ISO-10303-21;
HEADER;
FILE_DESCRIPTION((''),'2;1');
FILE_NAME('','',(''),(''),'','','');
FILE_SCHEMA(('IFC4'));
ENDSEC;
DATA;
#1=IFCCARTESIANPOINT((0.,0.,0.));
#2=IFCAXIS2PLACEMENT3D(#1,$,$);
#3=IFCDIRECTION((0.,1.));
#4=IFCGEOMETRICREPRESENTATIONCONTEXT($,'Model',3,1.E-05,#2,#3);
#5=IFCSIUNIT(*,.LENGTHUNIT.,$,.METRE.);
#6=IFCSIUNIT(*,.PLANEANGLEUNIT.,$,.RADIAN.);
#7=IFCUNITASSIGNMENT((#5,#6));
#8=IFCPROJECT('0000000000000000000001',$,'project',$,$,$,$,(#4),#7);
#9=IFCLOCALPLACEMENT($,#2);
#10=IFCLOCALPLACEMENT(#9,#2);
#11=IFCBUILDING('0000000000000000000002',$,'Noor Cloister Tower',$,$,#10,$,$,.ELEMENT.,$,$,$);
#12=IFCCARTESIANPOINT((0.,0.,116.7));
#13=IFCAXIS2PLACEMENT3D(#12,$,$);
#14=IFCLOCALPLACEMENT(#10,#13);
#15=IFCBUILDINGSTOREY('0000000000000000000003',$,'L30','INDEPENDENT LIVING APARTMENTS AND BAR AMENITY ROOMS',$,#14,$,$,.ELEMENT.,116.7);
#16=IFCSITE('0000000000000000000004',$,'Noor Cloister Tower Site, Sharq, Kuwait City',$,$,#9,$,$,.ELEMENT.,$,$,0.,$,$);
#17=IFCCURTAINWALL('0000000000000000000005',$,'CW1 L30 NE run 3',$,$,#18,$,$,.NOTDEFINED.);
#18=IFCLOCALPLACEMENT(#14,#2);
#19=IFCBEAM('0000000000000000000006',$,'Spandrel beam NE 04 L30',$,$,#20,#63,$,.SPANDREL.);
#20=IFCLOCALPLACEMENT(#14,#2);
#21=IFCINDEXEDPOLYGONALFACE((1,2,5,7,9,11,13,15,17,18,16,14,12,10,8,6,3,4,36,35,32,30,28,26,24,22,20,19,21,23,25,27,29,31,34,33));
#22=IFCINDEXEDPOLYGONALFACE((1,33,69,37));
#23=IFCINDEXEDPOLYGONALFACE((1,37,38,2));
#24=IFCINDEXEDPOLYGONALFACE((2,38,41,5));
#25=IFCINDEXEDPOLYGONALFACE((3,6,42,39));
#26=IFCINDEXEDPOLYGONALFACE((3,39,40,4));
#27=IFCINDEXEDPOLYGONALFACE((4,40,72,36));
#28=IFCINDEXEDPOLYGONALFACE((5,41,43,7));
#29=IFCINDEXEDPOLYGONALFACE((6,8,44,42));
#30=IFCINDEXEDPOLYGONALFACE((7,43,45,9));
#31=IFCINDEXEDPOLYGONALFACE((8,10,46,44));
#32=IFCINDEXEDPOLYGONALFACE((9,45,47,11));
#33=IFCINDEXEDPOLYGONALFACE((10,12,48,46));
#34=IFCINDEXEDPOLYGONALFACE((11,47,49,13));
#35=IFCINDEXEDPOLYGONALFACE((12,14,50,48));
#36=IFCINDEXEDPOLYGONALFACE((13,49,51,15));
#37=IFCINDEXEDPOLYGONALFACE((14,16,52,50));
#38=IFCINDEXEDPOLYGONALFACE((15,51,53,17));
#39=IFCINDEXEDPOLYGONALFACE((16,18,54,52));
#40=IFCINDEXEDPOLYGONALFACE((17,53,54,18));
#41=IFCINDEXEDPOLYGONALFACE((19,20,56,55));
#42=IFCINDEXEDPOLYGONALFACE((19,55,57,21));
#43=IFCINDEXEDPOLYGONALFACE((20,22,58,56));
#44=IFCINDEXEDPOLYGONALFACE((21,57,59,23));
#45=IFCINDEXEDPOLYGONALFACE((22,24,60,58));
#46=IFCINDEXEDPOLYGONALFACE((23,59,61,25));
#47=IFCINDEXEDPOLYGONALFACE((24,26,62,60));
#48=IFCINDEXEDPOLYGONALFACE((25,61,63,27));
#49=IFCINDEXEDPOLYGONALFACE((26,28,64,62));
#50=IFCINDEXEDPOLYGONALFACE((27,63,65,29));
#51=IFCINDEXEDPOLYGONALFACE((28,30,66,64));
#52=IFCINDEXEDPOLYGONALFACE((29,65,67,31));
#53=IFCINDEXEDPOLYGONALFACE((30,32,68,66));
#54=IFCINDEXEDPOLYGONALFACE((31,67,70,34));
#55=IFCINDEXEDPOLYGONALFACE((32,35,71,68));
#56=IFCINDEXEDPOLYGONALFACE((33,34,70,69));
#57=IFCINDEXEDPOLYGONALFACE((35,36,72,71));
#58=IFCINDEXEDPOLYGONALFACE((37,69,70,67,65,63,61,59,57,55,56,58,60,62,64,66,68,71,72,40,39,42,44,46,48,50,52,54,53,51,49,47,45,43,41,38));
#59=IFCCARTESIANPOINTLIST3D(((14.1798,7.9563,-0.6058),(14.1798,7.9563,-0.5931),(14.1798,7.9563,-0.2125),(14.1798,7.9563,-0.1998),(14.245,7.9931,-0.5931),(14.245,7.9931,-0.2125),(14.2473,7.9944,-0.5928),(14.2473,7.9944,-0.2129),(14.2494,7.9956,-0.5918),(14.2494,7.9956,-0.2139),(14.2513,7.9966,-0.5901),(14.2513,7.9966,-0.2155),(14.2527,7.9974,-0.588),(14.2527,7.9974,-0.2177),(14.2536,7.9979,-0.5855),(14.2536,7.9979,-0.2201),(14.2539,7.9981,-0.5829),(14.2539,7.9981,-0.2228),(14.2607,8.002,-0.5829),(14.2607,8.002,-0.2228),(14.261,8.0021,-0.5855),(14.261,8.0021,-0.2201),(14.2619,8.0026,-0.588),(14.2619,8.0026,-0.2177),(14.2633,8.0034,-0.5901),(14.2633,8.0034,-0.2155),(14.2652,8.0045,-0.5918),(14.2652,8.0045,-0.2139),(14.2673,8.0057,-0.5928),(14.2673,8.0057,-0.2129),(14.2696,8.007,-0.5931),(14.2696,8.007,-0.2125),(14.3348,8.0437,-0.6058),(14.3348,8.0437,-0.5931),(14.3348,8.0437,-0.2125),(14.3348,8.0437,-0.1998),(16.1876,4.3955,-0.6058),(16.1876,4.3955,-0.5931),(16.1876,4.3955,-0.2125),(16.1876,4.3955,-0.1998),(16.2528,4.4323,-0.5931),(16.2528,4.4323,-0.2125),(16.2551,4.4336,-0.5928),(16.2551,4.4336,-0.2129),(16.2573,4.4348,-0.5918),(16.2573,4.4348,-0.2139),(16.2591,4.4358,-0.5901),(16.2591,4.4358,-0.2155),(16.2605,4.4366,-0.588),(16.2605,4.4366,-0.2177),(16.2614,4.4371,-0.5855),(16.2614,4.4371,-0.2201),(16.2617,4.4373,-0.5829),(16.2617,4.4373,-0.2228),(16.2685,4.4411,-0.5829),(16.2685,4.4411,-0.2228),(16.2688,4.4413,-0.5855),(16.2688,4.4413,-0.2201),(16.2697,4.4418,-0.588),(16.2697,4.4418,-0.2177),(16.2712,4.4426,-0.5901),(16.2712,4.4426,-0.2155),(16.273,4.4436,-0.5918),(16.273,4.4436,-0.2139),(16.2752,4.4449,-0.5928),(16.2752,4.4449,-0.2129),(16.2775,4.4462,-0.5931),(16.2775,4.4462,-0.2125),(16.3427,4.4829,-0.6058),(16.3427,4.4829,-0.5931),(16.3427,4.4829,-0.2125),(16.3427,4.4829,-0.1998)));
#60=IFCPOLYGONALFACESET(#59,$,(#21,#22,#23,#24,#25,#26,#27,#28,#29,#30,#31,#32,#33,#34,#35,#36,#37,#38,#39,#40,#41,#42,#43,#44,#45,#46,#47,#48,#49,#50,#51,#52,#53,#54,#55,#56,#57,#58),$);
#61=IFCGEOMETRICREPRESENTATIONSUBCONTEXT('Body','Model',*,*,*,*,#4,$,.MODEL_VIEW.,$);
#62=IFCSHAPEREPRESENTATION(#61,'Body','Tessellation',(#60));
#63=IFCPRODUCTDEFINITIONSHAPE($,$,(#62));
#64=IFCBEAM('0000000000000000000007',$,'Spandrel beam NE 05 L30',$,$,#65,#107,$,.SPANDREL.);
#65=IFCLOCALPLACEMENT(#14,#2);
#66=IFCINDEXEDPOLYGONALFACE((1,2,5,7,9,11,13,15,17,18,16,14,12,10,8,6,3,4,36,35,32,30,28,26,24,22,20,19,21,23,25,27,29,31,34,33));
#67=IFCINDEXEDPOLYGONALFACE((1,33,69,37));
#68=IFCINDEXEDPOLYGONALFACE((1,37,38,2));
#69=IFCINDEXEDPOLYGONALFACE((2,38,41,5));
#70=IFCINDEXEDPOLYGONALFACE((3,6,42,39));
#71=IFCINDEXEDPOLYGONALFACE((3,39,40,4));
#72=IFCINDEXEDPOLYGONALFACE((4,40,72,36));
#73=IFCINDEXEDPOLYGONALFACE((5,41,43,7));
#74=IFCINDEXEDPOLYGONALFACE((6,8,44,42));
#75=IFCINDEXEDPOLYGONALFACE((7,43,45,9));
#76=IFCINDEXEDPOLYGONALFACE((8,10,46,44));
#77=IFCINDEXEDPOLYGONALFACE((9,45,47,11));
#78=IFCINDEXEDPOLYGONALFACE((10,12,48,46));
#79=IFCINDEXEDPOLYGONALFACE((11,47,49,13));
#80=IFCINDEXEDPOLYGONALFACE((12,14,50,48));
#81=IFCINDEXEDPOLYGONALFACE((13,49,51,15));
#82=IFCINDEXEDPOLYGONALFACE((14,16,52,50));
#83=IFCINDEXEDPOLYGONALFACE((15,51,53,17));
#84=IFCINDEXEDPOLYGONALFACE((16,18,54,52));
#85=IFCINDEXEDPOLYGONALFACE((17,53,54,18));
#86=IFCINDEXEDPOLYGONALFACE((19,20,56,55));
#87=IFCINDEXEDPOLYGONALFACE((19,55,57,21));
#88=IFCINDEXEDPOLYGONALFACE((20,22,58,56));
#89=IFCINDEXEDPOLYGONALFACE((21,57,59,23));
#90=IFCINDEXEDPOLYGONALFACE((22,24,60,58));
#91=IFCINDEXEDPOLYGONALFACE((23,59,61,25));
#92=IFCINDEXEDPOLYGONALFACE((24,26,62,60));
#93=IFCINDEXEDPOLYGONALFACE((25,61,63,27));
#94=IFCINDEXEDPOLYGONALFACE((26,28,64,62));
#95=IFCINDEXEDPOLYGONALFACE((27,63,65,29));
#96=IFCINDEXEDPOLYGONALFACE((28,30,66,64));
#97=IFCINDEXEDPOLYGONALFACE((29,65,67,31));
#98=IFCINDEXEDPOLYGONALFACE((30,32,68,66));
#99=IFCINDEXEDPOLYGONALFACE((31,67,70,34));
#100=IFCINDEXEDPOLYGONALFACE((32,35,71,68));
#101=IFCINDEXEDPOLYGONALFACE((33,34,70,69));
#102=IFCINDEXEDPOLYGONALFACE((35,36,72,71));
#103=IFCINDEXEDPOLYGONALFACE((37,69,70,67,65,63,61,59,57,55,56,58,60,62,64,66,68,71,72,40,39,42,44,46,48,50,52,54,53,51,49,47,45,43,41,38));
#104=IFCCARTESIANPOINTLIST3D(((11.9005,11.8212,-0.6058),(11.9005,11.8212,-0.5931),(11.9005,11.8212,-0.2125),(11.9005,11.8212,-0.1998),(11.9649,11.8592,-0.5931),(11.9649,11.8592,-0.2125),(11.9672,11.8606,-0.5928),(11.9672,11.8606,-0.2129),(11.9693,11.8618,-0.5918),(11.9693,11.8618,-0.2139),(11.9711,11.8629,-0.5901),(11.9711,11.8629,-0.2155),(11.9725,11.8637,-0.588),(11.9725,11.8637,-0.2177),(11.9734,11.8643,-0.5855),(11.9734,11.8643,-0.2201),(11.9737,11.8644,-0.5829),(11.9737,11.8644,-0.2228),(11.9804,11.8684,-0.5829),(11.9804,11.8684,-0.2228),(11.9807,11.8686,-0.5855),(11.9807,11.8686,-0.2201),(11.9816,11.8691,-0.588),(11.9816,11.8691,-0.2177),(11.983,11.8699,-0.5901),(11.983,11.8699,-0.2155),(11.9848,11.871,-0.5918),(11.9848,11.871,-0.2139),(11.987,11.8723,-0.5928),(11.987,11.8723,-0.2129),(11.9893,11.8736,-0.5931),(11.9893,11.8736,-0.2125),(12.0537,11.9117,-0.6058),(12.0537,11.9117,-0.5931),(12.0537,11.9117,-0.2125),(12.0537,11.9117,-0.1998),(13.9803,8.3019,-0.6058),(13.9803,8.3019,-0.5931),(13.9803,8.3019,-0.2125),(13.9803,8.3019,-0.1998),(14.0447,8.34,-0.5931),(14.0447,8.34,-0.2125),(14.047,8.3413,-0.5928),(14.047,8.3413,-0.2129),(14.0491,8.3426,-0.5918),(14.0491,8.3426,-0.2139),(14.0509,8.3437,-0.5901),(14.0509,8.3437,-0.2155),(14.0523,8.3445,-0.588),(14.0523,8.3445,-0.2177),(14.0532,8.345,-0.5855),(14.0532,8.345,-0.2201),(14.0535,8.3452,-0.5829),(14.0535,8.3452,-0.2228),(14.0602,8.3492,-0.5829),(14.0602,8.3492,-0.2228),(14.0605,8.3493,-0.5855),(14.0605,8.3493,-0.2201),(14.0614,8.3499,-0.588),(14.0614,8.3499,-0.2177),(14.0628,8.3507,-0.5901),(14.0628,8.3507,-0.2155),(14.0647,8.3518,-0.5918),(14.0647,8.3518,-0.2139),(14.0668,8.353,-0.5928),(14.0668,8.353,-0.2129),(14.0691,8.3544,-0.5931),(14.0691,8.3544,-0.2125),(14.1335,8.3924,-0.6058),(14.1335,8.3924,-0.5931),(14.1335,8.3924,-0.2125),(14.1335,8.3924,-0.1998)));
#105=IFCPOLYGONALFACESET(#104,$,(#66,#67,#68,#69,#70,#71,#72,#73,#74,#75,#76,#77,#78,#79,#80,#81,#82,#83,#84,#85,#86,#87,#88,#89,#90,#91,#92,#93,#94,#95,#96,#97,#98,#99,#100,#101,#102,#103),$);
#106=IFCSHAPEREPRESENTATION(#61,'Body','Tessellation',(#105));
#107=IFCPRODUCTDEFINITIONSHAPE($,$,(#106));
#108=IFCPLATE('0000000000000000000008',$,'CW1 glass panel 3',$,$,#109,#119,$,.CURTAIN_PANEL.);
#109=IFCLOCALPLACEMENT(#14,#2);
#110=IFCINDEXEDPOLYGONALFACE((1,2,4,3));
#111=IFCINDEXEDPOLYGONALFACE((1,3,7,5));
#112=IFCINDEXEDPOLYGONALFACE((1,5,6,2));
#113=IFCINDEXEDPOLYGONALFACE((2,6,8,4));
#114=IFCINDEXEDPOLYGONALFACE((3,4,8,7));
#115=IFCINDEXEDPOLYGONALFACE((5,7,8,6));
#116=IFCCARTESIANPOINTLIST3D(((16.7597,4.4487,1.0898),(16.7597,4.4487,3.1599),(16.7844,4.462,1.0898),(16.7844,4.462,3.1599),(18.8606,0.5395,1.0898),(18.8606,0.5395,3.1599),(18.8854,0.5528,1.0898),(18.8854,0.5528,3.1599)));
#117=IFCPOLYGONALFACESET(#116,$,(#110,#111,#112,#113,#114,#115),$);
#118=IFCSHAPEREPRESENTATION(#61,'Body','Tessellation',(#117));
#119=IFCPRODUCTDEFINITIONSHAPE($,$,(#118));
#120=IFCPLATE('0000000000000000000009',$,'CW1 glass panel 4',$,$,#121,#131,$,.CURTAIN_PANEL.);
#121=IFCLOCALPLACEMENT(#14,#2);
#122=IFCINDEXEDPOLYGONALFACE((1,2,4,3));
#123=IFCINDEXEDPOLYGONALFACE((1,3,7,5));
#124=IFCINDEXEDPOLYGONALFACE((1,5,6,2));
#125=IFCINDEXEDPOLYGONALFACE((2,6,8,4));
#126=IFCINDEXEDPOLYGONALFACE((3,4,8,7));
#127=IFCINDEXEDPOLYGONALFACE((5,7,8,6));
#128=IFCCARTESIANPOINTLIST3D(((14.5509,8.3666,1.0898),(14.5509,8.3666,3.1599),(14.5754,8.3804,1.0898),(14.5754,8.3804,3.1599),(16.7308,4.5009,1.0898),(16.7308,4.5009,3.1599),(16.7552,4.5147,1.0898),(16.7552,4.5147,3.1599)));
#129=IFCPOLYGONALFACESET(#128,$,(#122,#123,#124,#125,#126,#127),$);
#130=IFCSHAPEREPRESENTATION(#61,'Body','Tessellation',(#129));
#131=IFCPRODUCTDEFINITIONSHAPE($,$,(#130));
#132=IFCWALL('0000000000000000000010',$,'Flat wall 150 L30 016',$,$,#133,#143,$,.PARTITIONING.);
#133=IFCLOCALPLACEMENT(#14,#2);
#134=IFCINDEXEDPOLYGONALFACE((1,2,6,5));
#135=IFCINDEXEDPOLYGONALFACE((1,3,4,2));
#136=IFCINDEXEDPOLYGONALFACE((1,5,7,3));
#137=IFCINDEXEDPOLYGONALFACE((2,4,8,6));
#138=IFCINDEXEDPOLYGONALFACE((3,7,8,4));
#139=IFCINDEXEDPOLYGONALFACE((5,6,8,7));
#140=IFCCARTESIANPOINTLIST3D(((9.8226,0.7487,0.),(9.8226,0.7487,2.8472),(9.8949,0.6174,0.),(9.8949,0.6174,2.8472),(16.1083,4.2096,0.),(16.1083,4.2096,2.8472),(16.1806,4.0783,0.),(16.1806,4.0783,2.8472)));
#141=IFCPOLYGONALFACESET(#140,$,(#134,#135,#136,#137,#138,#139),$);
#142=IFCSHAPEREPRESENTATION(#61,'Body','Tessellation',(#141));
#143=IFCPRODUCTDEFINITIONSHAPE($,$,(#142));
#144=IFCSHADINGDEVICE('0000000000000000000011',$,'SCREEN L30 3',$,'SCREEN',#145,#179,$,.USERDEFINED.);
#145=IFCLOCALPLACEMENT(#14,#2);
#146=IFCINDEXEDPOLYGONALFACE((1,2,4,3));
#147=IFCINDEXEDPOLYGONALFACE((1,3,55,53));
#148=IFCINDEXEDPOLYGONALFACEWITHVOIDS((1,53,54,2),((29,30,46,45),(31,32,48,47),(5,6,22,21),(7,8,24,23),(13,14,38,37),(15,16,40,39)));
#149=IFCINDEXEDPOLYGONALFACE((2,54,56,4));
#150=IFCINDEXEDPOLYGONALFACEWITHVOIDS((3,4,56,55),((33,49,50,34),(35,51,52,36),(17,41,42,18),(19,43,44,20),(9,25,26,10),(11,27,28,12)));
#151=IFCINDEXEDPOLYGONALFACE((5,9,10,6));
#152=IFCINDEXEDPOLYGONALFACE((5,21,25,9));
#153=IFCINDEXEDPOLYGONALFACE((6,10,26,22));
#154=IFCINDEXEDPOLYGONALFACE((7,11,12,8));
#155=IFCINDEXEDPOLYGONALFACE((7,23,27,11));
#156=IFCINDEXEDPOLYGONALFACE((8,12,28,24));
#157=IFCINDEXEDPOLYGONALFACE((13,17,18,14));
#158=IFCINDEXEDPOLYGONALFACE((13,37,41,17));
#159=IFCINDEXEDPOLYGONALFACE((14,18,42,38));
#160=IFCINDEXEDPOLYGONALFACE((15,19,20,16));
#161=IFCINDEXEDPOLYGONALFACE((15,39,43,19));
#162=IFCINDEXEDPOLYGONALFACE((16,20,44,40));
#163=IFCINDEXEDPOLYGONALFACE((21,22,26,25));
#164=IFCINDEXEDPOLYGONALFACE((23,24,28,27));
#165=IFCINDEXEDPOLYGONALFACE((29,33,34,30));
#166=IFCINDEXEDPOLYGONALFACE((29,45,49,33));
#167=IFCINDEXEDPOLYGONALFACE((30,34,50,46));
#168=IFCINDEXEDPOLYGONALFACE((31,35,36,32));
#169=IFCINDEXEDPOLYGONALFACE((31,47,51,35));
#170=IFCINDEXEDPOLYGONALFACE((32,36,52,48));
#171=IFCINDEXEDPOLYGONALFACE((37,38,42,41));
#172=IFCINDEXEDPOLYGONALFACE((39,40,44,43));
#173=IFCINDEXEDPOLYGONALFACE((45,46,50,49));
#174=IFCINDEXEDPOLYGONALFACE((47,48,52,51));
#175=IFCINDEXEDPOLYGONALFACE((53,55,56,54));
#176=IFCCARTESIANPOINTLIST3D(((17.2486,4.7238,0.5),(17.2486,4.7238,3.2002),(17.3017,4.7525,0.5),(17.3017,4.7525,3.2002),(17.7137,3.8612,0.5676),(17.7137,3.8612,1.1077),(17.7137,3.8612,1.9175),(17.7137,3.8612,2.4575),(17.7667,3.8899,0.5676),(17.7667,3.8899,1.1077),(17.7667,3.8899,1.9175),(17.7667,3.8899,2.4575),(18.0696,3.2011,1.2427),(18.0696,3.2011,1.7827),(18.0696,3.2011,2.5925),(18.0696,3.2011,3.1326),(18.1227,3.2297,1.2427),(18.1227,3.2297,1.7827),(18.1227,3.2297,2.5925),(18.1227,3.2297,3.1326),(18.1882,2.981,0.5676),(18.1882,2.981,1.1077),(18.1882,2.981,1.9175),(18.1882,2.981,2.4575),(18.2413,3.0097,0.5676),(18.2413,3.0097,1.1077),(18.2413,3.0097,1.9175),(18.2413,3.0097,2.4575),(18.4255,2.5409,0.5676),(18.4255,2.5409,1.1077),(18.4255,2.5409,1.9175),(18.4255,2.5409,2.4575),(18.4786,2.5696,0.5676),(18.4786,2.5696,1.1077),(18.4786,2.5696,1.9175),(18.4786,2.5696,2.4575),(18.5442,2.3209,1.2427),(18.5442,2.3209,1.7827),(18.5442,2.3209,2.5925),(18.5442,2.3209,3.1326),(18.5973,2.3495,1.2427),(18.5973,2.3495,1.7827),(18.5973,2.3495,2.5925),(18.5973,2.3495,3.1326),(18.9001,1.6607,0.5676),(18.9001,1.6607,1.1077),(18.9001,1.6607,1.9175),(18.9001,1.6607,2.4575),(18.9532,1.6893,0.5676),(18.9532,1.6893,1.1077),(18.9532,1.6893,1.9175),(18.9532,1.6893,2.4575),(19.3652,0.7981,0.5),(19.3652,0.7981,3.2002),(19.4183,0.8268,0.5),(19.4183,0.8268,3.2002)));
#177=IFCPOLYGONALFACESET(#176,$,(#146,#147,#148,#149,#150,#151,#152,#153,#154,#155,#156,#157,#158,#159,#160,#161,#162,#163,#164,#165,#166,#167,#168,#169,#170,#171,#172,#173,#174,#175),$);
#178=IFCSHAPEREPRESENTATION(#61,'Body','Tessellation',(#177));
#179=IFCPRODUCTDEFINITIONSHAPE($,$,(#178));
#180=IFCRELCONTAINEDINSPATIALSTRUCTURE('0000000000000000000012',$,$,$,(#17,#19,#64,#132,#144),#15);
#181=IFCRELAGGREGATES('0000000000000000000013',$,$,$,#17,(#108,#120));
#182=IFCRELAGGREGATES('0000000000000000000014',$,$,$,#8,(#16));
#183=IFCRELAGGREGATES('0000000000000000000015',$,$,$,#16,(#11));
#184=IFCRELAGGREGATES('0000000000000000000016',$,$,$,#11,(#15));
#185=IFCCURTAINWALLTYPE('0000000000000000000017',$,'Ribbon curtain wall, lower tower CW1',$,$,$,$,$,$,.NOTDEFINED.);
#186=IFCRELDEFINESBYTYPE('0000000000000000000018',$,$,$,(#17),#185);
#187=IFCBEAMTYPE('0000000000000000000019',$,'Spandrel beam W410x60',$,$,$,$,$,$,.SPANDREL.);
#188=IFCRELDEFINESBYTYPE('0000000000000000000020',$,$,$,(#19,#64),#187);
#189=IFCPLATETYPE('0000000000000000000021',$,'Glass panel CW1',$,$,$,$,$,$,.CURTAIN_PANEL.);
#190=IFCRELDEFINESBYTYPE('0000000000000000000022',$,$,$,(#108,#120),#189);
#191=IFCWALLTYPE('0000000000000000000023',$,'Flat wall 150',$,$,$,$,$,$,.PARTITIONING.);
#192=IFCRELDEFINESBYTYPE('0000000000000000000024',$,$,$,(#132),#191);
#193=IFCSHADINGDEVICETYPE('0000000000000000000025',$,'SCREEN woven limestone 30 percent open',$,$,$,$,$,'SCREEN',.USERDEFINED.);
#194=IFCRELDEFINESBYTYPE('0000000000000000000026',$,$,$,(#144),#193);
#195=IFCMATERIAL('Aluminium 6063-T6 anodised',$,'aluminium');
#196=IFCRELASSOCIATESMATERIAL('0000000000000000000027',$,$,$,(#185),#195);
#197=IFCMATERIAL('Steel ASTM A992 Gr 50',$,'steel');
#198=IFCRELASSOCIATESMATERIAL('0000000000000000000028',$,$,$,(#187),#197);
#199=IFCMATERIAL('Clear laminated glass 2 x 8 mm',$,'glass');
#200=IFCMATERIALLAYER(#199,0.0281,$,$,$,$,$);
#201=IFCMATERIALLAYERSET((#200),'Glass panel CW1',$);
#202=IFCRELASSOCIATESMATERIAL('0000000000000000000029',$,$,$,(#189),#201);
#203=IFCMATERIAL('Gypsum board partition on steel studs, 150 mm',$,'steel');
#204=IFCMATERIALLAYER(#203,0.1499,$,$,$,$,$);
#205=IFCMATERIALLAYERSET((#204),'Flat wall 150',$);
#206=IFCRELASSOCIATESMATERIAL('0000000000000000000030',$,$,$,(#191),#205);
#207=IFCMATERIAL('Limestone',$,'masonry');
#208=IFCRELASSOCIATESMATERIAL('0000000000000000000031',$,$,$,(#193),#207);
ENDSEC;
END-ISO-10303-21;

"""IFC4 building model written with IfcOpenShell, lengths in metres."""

from ifc_helpers import new_model, si_unit, direction, frame, frame_2d, origin, origin_2d, place, context, subcontext, project, spatial, polyline, rectangle, i_section, outline, extrude, material, layer, layer_set, material_profile, profile_set, type_object, element, aggregate, save


model = new_model("IFC4")

# Units and contexts
model_context = context("Model", 3, precision=1e-05, world=origin(), true_north=direction((0.0, 1.0)))
body_context = subcontext(model_context, "Body", "Model", "MODEL_VIEW")
ifc_project = project(units=[si_unit("LENGTHUNIT", "METRE"), si_unit("PLANEANGLEUNIT", "RADIAN")], contexts=[model_context])

# Site, building, storey
site_placement = place(None, origin())
site = spatial("IfcSite", under=ifc_project, at=site_placement, Name="Noor Cloister Tower Site, Sharq, Kuwait City", CompositionType="ELEMENT", RefElevation=0.0)
building_placement = place(site_placement, origin())
building = spatial("IfcBuilding", under=site, at=building_placement, Name="Noor Cloister Tower", CompositionType="ELEMENT")
storey_placement = place(building_placement, frame((0.0, 0.0, 116.7)))
storey = spatial("IfcBuildingStorey", under=building, at=storey_placement, Name="L30", Description="INDEPENDENT LIVING APARTMENTS AND BAR AMENITY ROOMS", CompositionType="ELEMENT", Elevation=116.7)

# Curtain wall
ifc_material_1 = material(Name="Aluminium 6063-T6 anodised", Category="aluminium")
curtain_wall_type = type_object("IfcCurtainWallType", Name="Ribbon curtain wall, lower tower CW1", PredefinedType="NOTDEFINED", material=ifc_material_1)
curtain_wall_placement = place(storey_placement, origin())
curtain_wall = element("IfcCurtainWall", 1, at=curtain_wall_placement, inside=storey, type_object=curtain_wall_type, Name="CW1 L30 NE run 3", PredefinedType="NOTDEFINED")

# Beams
ifc_material_2 = material(Name="Steel ASTM A992 Gr 50", Category="steel")
ifc_material_profile_1 = material_profile(ifc_material_2, i_section(OverallWidth=0.178, OverallDepth=0.406, WebThickness=0.0078, FlangeThickness=0.0127, FilletRadius=0.0103, at=origin_2d()), Name="W410x60")
ifc_profile_set_1 = profile_set([ifc_material_profile_1], Name="Steel ASTM A992 Gr 50")
beam_type_1 = type_object("IfcBeamType", Name="Spandrel beam W410x60", PredefinedType="SPANDREL", material=ifc_profile_set_1)
for number, where, z_axis, x_axis, name in (
    (2, (16.2651, 4.4392, -0.4028), (-0.491166, 0.871066, 0.0), (-0.871066, -0.491166, 0.0), "Spandrel beam NE 04 L30"),
    (3, (14.0569, 8.3472, -0.4028), (-0.508776, 0.860899, 0.0), (-0.860899, -0.508776, 0.0), "Spandrel beam NE 05 L30"),
):
    element("IfcBeam", number, at=place(storey_placement, frame(where, z_axis=z_axis, x_axis=x_axis)), inside=storey, type_object=beam_type_1, Name=name, PredefinedType="SPANDREL", context=body_context, shape_type="SweptSolid", body=[
        extrude(i_section(OverallWidth=0.178, OverallDepth=0.406, WebThickness=0.0078, FlangeThickness=0.0127, FilletRadius=0.0103, at=origin_2d()), origin(), (0.0, 0.0, 1.0), 4.0879),
    ])

# Plates
ifc_material_3 = material(Name="Clear laminated glass 2 x 8 mm", Category="glass")
ifc_layer_1 = layer(ifc_material_3, 0.0281)
ifc_layer_set_1 = layer_set([ifc_layer_1], Name="Glass panel CW1")
plate_type = type_object("IfcPlateType", Name="Glass panel CW1", PredefinedType="CURTAIN_PANEL", material=ifc_layer_set_1)
plate_1_placement = place(storey_placement, frame((17.8225, 2.5007, 1.0898), z_axis=(0.0, 0.0, 1.0), x_axis=(-0.473409, 0.880843, 0.0)))
plate_1 = element("IfcPlate", 4, at=plate_1_placement, type_object=plate_type, Name="CW1 glass panel 3", PredefinedType="CURTAIN_PANEL", context=body_context, shape_type="SweptSolid", body=[
    extrude(rectangle(XDim=4.438, YDim=0.0281, at=origin_2d()), origin(), (0.0, 0.0, 1.0), 2.0701),
])
plate_2_placement = place(storey_placement, frame((15.6531, 6.4407, 1.0898), z_axis=(0.0, 0.0, 1.0), x_axis=(-0.491187, 0.871054, 0.0)))
plate_2 = element("IfcPlate", 5, at=plate_2_placement, type_object=plate_type, Name="CW1 glass panel 4", PredefinedType="CURTAIN_PANEL", context=body_context, shape_type="SweptSolid", body=[
    extrude(rectangle(XDim=4.438, YDim=0.0281, at=origin_2d()), origin(), (0.0, 0.0, 1.0), 2.0701),
])
aggregate(curtain_wall, [plate_1, plate_2])

# Wall
ifc_material_4 = material(Name="Gypsum board partition on steel studs, 150 mm", Category="steel")
ifc_layer_2 = layer(ifc_material_4, 0.1499)
ifc_layer_set_2 = layer_set([ifc_layer_2], Name="Flat wall 150")
wall_type = type_object("IfcWallType", Name="Flat wall 150", PredefinedType="PARTITIONING", material=ifc_layer_set_2)
wall_placement = place(storey_placement, frame((16.1445, 4.144, 0.0), z_axis=(0.0, 0.0, 1.0), x_axis=(-0.87599, -0.482329, 0.0)))
element("IfcWall", 6, at=wall_placement, inside=storey, type_object=wall_type, Name="Flat wall 150 L30 016", PredefinedType="PARTITIONING", context=body_context, shape_type="SweptSolid", body=[
    extrude(rectangle(XDim=7.1755, YDim=0.1499, at=frame_2d((3.5879, 0.0))), origin(), (0.0, 0.0, 1.0), 2.8472),
])

# Shading device
ifc_material_5 = material(Name="Limestone", Category="masonry")
ifc_material_profile_2 = material_profile(ifc_material_5, outline(polyline([(-2.23, -1.3501), (2.23, -1.3501), (2.23, 1.3501), (-2.23, 1.3501), (-2.23, -1.3501)]), holes=[polyline([(-1.25, -1.2825), (-0.25, -1.2825), (-0.25, -0.7424), (-1.25, -0.7424), (-1.25, -1.2825)]), polyline([(0.25, -1.2825), (1.25, -1.2825), (1.25, -0.7424), (0.25, -0.7424), (0.25, -1.2825)]), polyline([(-0.5, -0.6074), (0.5, -0.6074), (0.5, -0.0674), (-0.5, -0.0674), (-0.5, -0.6074)]), polyline([(-1.25, 0.0674), (-0.25, 0.0674), (-0.25, 0.6074), (-1.25, 0.6074), (-1.25, 0.0674)]), polyline([(0.25, 0.0674), (1.25, 0.0674), (1.25, 0.6074), (0.25, 0.6074), (0.25, 0.0674)]), polyline([(-0.5, 0.7424), (0.5, 0.7424), (0.5, 1.2825), (-0.5, 1.2825), (-0.5, 0.7424)])]), Name="Woven screen 30 percent open")
ifc_profile_set_2 = profile_set([ifc_material_profile_2], Name="Limestone")
shading_device_type = type_object("IfcShadingDeviceType", Name="SCREEN woven limestone 30 percent open", ElementType="SCREEN", PredefinedType="USERDEFINED", material=ifc_profile_set_2)
shading_device_1_placement = place(storey_placement, frame((18.3069, 2.761, 1.8501), z_axis=(0.88021, 0.474584, 0.0), x_axis=(-0.474584, 0.88021, 0.0)))
element("IfcShadingDevice", 7, at=shading_device_1_placement, inside=storey, type_object=shading_device_type, Name="SCREEN L30 3", ObjectType="SCREEN", PredefinedType="USERDEFINED", context=body_context, shape_type="SweptSolid", body=[
    extrude(outline(polyline([(-2.23, -1.3501), (2.23, -1.3501), (2.23, 1.3501), (-2.23, 1.3501), (-2.23, -1.3501)]), holes=[polyline([(-1.25, -1.2825), (-0.25, -1.2825), (-0.25, -0.7424), (-1.25, -0.7424), (-1.25, -1.2825)]), polyline([(0.25, -1.2825), (1.25, -1.2825), (1.25, -0.7424), (0.25, -0.7424), (0.25, -1.2825)]), polyline([(-0.5, -0.6074), (0.5, -0.6074), (0.5, -0.0674), (-0.5, -0.0674), (-0.5, -0.6074)]), polyline([(-1.25, 0.0674), (-0.25, 0.0674), (-0.25, 0.6074), (-1.25, 0.6074), (-1.25, 0.0674)]), polyline([(0.25, 0.0674), (1.25, 0.0674), (1.25, 0.6074), (0.25, 0.6074), (0.25, 0.0674)]), polyline([(-0.5, 0.7424), (0.5, 0.7424), (0.5, 1.2825), (-0.5, 1.2825), (-0.5, 0.7424)])]), origin(), (0.0, 0.0, 1.0), 0.0603),
])

save(model, "model.ifc")
